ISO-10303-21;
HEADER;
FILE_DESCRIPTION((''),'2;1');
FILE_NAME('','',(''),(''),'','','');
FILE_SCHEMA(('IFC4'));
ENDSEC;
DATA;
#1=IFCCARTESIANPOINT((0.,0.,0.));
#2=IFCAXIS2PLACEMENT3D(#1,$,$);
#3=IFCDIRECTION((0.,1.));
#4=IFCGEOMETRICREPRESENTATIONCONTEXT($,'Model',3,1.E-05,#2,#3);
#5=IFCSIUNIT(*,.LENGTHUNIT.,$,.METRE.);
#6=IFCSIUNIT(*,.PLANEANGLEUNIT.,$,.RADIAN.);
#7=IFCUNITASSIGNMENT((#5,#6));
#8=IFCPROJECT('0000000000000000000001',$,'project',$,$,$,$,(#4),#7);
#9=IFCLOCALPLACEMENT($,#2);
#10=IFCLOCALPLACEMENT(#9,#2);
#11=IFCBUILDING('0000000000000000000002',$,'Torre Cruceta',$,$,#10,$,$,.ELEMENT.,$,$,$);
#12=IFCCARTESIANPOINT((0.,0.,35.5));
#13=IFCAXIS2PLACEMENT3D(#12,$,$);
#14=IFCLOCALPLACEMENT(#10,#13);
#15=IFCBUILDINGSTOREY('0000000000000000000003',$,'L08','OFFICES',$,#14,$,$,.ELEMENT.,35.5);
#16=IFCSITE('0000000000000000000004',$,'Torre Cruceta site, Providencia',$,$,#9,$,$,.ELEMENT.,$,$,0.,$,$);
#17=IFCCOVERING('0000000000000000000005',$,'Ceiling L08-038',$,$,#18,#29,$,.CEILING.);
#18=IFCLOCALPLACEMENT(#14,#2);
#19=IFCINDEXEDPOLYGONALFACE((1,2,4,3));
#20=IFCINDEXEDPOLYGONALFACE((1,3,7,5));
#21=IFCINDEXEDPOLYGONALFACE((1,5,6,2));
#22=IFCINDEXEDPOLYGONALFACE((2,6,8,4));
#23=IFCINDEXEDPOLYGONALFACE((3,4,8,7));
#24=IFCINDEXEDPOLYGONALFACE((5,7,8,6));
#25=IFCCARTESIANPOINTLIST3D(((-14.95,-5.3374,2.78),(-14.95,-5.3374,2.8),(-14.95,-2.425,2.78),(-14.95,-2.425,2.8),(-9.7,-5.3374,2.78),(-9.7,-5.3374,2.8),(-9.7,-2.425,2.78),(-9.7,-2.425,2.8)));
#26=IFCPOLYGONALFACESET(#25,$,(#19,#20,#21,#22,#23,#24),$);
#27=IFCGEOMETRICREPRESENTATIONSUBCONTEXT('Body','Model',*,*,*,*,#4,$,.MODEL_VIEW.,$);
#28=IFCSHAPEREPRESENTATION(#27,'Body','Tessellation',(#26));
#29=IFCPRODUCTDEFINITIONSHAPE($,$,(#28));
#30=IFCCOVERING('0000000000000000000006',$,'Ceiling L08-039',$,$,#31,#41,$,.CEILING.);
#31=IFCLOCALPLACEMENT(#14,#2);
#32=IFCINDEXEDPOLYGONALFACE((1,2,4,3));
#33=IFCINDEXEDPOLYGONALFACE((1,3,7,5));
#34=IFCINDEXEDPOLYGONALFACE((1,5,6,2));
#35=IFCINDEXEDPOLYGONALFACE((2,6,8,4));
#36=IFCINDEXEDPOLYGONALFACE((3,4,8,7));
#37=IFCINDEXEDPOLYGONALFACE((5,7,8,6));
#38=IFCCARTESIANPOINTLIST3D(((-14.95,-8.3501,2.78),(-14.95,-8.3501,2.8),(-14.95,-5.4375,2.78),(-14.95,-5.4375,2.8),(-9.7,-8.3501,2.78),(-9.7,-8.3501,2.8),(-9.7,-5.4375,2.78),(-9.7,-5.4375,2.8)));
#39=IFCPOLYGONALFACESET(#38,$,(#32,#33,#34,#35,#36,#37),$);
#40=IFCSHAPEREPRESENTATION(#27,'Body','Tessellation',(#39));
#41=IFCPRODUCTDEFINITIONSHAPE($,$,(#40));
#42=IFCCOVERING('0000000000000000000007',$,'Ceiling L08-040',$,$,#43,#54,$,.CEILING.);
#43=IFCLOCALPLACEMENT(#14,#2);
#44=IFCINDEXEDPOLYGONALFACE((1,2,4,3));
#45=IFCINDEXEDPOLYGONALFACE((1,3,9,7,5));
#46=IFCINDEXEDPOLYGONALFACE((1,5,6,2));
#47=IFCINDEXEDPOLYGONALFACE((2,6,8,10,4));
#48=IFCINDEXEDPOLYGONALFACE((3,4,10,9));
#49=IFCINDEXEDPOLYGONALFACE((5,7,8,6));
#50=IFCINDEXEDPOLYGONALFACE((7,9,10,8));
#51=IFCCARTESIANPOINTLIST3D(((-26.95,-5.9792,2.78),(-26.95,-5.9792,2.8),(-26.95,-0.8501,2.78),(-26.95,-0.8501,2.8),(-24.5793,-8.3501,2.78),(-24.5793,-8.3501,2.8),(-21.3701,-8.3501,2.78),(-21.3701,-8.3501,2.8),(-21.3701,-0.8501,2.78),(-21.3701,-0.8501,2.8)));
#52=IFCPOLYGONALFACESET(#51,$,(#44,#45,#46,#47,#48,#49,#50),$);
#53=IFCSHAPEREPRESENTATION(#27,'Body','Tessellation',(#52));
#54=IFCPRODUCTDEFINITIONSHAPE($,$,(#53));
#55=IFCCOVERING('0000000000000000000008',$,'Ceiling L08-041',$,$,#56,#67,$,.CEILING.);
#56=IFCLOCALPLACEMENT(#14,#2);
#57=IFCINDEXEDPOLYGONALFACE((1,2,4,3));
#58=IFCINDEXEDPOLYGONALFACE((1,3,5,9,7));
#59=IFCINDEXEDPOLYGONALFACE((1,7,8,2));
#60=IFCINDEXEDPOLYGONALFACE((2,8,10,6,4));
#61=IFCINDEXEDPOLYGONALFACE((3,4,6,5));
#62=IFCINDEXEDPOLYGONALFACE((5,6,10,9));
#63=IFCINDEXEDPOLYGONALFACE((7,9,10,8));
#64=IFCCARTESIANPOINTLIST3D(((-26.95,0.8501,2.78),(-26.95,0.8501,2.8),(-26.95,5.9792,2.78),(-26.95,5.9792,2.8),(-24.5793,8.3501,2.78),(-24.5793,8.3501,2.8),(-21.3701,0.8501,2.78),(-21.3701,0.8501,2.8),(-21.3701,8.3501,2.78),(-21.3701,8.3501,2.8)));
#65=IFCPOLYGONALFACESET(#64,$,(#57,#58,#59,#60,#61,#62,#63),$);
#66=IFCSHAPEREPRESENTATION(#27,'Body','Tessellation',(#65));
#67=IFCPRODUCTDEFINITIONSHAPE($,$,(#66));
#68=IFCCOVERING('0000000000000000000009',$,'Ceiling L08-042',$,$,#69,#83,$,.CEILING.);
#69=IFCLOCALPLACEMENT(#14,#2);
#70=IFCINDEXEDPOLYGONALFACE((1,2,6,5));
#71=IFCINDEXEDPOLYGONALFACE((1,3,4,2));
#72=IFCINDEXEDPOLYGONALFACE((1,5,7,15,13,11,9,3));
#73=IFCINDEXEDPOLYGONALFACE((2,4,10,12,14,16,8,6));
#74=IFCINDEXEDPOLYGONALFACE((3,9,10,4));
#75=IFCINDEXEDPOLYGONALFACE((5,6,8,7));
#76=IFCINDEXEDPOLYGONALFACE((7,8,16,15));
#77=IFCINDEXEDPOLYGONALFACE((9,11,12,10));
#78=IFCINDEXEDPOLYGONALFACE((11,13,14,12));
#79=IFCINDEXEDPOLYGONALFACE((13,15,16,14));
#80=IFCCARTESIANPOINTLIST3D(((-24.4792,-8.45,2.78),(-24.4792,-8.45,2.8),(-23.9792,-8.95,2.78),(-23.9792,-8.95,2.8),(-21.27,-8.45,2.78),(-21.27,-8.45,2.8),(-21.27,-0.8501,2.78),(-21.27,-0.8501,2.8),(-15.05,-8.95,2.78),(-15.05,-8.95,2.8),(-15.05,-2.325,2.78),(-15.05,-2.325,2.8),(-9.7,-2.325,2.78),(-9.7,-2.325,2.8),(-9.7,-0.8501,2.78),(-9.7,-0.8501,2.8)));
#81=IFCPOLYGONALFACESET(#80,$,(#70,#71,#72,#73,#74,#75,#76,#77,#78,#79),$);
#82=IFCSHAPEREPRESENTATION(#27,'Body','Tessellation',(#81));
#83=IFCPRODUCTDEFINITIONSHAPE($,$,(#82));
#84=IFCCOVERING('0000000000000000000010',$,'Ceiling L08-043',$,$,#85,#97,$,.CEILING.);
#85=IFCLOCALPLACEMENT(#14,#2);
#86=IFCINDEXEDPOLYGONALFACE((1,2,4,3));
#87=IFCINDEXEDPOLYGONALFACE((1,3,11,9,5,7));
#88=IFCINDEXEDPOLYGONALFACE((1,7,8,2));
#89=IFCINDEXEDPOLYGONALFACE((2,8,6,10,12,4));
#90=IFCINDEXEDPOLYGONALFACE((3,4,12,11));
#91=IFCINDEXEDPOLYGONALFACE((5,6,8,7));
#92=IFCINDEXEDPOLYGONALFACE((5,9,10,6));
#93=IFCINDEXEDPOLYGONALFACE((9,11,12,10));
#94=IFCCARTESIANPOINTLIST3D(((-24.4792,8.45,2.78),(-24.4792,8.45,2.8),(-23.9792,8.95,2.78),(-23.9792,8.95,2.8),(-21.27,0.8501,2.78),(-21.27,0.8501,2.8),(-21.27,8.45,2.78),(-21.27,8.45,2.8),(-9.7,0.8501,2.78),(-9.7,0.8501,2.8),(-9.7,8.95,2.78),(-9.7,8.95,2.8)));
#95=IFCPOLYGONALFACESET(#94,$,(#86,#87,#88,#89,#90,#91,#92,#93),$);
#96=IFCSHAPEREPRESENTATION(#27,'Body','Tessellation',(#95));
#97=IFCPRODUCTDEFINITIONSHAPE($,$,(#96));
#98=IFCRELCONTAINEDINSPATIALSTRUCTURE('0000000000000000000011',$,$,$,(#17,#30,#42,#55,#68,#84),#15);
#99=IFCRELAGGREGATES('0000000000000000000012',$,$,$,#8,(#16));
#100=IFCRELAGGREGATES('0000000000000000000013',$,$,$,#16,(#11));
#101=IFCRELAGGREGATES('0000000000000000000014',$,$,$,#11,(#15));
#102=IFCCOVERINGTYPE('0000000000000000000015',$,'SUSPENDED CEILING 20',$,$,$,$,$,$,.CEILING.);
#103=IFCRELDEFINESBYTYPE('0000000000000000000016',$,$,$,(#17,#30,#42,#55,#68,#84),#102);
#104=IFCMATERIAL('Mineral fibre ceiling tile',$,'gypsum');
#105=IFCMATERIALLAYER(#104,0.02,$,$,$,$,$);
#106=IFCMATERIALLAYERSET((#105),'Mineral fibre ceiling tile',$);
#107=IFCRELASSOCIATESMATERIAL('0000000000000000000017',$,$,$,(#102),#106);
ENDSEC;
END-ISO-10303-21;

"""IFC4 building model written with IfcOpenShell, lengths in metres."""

from ifc_helpers import new_model, si_unit, direction, frame, origin, place, context, subcontext, project, spatial, polyline, outline, extrude, material, layer, layer_set, type_object, element, save


model = new_model("IFC4")

# Units and contexts
model_context = context("Model", 3, precision=1e-05, world=origin(), true_north=direction((0.0, 1.0)))
body_context = subcontext(model_context, "Body", "Model", "MODEL_VIEW")
ifc_project = project(units=[si_unit("LENGTHUNIT", "METRE"), si_unit("PLANEANGLEUNIT", "RADIAN")], contexts=[model_context])

# Site, building, storey
site_placement = place(None, origin())
site = spatial("IfcSite", under=ifc_project, at=site_placement, Name="Torre Cruceta site, Providencia", CompositionType="ELEMENT", RefElevation=0.0)
building_placement = place(site_placement, origin())
building = spatial("IfcBuilding", under=site, at=building_placement, Name="Torre Cruceta", CompositionType="ELEMENT")
storey_placement = place(building_placement, frame((0.0, 0.0, 35.5)))
storey = spatial("IfcBuildingStorey", under=building, at=storey_placement, Name="L08", Description="OFFICES", CompositionType="ELEMENT", Elevation=35.5)

# Coverings
ifc_material_1 = material(Name="Mineral fibre ceiling tile", Category="gypsum")
ifc_layer_1 = layer(ifc_material_1, 0.02)
ifc_layer_set_1 = layer_set([ifc_layer_1], Name="Mineral fibre ceiling tile")
covering_type_1 = type_object("IfcCoveringType", Name="SUSPENDED CEILING 20", PredefinedType="CEILING", material=ifc_layer_set_1)
covering_1_placement = place(storey_placement, frame((0.0, 0.0, 2.78)))
element("IfcCovering", 1, at=covering_1_placement, inside=storey, type_object=covering_type_1, Name="Ceiling L08-038", PredefinedType="CEILING", context=body_context, shape_type="SweptSolid", body=[
    extrude(outline(polyline([(-9.7, -2.425), (-9.7, -5.3374), (-14.95, -5.3374), (-14.95, -2.425), (-9.7, -2.425)])), origin(), (0.0, 0.0, 1.0), 0.02),
])
covering_2_placement = place(storey_placement, frame((0.0, 0.0, 2.78)))
element("IfcCovering", 2, at=covering_2_placement, inside=storey, type_object=covering_type_1, Name="Ceiling L08-039", PredefinedType="CEILING", context=body_context, shape_type="SweptSolid", body=[
    extrude(outline(polyline([(-9.7, -5.4375), (-9.7, -8.3501), (-14.95, -8.3501), (-14.95, -5.4375), (-9.7, -5.4375)])), origin(), (0.0, 0.0, 1.0), 0.02),
])
covering_3_placement = place(storey_placement, frame((0.0, 0.0, 2.78)))
element("IfcCovering", 3, at=covering_3_placement, inside=storey, type_object=covering_type_1, Name="Ceiling L08-040", PredefinedType="CEILING", context=body_context, shape_type="SweptSolid", body=[
    extrude(outline(polyline([(-26.95, -0.8501), (-21.3701, -0.8501), (-21.3701, -8.3501), (-24.5793, -8.3501), (-26.95, -5.9792), (-26.95, -0.8501)])), origin(), (0.0, 0.0, 1.0), 0.02),
])
covering_4_placement = place(storey_placement, frame((0.0, 0.0, 2.78)))
element("IfcCovering", 4, at=covering_4_placement, inside=storey, type_object=covering_type_1, Name="Ceiling L08-041", PredefinedType="CEILING", context=body_context, shape_type="SweptSolid", body=[
    extrude(outline(polyline([(-24.5793, 8.3501), (-21.3701, 8.3501), (-21.3701, 0.8501), (-26.95, 0.8501), (-26.95, 5.9792), (-24.5793, 8.3501)])), origin(), (0.0, 0.0, 1.0), 0.02),
])
covering_5_placement = place(storey_placement, frame((0.0, 0.0, 2.78)))
element("IfcCovering", 5, at=covering_5_placement, inside=storey, type_object=covering_type_1, Name="Ceiling L08-042", PredefinedType="CEILING", context=body_context, shape_type="SweptSolid", body=[
    extrude(outline(polyline([(-21.27, -0.8501), (-9.7, -0.8501), (-9.7, -2.325), (-15.05, -2.325), (-15.05, -8.95), (-23.9792, -8.95), (-24.4792, -8.45), (-21.27, -8.45), (-21.27, -0.8501)])), origin(), (0.0, 0.0, 1.0), 0.02),
])
covering_6_placement = place(storey_placement, frame((0.0, 0.0, 2.78)))
element("IfcCovering", 6, at=covering_6_placement, inside=storey, type_object=covering_type_1, Name="Ceiling L08-043", PredefinedType="CEILING", context=body_context, shape_type="SweptSolid", body=[
    extrude(outline(polyline([(-21.27, 8.45), (-24.4792, 8.45), (-23.9792, 8.95), (-9.7, 8.95), (-9.7, 0.8501), (-21.27, 0.8501), (-21.27, 8.45)])), origin(), (0.0, 0.0, 1.0), 0.02),
])

save(model, "model.ifc")
